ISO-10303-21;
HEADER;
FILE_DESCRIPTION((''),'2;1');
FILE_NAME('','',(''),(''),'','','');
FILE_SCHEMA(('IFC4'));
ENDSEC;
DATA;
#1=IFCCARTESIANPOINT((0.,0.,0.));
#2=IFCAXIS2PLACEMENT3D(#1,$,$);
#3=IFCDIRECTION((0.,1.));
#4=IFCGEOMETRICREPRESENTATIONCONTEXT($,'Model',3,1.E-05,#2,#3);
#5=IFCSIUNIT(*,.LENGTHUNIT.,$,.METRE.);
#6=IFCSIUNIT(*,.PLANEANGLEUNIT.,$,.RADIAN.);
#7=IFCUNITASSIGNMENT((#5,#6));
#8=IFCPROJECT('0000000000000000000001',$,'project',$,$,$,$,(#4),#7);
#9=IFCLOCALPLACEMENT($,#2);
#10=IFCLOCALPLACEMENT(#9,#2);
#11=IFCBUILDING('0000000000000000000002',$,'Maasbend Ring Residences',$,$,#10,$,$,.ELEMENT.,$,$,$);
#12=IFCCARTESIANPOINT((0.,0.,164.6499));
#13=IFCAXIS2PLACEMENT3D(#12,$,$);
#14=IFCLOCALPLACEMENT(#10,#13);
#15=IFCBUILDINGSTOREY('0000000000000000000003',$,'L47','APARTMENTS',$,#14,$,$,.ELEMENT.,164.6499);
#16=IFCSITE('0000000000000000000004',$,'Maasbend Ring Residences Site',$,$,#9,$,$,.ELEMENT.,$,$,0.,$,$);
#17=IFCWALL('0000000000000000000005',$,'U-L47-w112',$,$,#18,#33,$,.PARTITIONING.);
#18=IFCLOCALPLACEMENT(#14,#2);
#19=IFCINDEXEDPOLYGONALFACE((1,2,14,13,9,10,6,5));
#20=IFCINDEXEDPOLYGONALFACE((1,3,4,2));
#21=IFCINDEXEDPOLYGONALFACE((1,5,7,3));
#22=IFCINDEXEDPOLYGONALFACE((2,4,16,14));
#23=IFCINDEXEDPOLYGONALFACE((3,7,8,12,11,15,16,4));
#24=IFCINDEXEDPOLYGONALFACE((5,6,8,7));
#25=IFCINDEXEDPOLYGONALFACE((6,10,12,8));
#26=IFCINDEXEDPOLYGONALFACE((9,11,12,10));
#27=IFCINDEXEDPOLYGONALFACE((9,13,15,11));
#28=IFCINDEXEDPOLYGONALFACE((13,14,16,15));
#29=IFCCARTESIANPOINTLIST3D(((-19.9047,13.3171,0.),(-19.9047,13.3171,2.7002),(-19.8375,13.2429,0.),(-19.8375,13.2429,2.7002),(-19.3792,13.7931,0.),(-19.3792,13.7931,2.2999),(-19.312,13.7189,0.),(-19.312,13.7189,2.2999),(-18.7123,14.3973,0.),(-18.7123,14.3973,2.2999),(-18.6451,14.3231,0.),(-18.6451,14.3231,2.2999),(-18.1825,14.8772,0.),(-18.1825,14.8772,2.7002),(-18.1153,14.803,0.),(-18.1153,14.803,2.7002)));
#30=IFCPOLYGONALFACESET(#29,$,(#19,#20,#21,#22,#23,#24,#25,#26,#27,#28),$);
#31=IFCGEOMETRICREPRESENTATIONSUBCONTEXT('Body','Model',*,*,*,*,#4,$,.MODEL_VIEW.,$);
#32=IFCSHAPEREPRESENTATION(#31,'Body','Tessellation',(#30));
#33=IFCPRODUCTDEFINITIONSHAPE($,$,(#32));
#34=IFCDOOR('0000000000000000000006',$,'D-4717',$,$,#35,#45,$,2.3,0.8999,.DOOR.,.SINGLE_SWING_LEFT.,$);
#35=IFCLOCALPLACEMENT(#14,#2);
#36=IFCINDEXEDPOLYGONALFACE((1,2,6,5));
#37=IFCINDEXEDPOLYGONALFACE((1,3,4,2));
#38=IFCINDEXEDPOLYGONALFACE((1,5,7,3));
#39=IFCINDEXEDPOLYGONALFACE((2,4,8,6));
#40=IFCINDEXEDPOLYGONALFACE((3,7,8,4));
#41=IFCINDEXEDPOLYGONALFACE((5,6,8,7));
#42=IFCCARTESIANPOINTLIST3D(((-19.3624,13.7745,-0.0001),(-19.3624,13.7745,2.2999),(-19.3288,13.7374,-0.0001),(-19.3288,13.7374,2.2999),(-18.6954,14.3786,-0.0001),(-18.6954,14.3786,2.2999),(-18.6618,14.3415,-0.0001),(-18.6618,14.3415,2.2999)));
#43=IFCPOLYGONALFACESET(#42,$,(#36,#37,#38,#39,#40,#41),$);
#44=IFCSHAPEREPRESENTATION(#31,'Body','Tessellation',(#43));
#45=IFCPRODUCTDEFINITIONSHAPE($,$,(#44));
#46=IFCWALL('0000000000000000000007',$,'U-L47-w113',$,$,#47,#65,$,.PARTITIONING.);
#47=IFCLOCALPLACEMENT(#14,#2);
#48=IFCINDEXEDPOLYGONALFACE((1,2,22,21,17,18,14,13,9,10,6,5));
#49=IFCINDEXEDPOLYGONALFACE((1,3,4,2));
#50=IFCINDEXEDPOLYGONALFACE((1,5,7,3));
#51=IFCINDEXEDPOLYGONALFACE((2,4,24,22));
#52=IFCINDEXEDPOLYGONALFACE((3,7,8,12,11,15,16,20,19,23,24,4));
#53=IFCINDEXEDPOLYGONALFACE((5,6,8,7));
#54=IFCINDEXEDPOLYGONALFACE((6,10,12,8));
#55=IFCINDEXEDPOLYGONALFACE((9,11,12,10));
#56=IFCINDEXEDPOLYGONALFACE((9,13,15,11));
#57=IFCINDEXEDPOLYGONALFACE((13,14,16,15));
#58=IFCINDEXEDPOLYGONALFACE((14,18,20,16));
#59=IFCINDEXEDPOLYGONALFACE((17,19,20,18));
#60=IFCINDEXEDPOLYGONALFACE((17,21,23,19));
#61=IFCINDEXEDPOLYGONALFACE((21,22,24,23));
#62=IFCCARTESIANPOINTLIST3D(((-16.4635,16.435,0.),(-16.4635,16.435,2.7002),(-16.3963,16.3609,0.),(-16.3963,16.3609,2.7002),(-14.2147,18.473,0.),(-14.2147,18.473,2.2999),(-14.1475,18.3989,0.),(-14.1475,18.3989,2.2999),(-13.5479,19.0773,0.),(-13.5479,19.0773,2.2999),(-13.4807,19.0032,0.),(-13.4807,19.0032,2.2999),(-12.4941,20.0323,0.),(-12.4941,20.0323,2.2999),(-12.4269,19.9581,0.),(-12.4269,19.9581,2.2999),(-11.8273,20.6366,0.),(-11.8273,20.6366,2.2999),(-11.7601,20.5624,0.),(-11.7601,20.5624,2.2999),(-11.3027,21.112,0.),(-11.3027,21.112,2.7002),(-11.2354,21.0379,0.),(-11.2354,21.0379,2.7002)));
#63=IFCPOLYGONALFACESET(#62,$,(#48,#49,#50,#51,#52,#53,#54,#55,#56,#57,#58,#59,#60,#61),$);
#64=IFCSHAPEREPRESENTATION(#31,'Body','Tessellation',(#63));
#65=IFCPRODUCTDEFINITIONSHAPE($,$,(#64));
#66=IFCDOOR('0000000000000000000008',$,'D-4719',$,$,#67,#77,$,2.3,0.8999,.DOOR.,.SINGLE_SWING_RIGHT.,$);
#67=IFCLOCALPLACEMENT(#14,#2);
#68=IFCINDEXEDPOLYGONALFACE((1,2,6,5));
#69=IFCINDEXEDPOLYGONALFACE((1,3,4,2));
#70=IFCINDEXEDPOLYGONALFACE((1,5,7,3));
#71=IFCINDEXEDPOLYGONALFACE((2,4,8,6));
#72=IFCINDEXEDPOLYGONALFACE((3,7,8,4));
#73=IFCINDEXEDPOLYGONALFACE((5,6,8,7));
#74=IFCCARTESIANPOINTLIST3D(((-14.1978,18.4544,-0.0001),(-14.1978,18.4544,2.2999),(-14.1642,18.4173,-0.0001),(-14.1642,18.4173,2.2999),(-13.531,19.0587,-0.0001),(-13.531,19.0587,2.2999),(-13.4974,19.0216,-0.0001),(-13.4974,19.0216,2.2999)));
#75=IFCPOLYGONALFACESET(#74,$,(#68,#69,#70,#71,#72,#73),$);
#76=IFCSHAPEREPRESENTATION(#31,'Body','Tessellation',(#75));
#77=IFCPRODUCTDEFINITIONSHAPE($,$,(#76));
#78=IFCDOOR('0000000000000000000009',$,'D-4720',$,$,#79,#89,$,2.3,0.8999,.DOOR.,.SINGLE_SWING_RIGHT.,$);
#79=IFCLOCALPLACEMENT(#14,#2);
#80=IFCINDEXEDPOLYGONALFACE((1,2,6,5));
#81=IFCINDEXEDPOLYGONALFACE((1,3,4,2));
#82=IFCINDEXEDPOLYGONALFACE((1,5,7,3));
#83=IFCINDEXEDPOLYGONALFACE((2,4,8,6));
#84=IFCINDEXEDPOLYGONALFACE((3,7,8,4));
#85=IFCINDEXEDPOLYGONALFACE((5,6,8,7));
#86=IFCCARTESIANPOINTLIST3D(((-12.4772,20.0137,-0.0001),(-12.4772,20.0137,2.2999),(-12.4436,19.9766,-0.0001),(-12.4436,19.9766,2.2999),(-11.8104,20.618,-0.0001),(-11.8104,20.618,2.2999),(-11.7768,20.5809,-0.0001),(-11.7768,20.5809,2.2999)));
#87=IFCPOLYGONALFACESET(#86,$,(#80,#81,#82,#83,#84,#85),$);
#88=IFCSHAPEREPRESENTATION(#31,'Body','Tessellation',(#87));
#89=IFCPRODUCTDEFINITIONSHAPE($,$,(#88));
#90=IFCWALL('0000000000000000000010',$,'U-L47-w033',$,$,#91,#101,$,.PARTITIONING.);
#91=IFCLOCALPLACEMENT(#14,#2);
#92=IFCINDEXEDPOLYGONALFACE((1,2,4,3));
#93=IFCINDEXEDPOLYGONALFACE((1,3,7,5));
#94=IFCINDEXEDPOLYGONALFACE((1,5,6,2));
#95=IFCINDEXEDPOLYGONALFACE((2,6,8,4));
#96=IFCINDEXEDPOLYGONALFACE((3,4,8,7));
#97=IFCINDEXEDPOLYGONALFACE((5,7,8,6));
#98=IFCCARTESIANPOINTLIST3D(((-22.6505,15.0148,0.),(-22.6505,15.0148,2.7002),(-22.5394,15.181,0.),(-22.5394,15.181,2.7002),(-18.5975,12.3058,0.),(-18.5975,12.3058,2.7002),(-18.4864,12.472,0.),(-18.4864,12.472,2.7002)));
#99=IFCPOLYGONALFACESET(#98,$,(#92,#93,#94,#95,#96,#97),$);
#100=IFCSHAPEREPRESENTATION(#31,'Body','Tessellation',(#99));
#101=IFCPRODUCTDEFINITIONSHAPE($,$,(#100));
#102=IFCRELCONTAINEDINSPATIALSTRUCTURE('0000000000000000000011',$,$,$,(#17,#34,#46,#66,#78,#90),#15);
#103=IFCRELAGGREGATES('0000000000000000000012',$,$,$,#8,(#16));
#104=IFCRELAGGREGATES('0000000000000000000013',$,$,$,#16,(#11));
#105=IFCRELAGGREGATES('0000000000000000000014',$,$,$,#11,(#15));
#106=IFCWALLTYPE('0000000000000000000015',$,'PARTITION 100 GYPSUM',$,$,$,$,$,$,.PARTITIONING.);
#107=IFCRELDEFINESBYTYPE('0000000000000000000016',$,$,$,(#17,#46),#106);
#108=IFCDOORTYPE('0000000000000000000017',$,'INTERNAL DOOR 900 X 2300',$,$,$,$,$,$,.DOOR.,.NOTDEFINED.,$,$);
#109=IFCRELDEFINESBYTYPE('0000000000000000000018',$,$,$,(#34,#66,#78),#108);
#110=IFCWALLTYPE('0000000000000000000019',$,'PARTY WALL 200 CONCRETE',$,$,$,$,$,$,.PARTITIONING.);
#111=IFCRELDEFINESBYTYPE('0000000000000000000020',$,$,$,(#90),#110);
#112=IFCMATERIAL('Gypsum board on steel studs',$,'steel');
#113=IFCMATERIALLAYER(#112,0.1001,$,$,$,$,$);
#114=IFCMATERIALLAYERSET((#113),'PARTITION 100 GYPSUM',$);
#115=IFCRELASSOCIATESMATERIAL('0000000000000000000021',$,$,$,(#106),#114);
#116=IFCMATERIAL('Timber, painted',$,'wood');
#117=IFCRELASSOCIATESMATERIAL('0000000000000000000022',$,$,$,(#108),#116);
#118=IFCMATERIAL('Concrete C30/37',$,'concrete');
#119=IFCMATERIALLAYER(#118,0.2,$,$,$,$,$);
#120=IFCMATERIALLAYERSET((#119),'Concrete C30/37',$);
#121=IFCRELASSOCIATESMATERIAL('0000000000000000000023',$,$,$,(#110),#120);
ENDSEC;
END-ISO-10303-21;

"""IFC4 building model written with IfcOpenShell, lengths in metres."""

from ifc_helpers import new_model, si_unit, direction, frame, frame_2d, origin, place, context, subcontext, project, spatial, rectangle, extrude, material, layer, layer_set, type_object, element, fill, save


model = new_model("IFC4")

# Units and contexts
model_context = context("Model", 3, precision=1e-05, world=origin(), true_north=direction((0.0, 1.0)))
body_context = subcontext(model_context, "Body", "Model", "MODEL_VIEW")
ifc_project = project(units=[si_unit("LENGTHUNIT", "METRE"), si_unit("PLANEANGLEUNIT", "RADIAN")], contexts=[model_context])

# Site, building, storey
site_placement = place(None, origin())
site = spatial("IfcSite", under=ifc_project, at=site_placement, Name="Maasbend Ring Residences Site", CompositionType="ELEMENT", RefElevation=0.0)
building_placement = place(site_placement, origin())
building = spatial("IfcBuilding", under=site, at=building_placement, Name="Maasbend Ring Residences", CompositionType="ELEMENT")
storey_placement = place(building_placement, frame((0.0, 0.0, 164.6499)))
storey = spatial("IfcBuildingStorey", under=building, at=storey_placement, Name="L47", Description="APARTMENTS", CompositionType="ELEMENT", Elevation=164.6499)

# Shared definitions
ifc_material_1 = material(Name="Gypsum board on steel studs", Category="steel")
ifc_layer_1 = layer(ifc_material_1, 0.1001)
ifc_layer_set_1 = layer_set([ifc_layer_1], Name="PARTITION 100 GYPSUM")
wall_type_1 = type_object("IfcWallType", Name="PARTITION 100 GYPSUM", PredefinedType="PARTITIONING", material=ifc_layer_set_1)
ifc_material_2 = material(Name="Timber, painted", Category="wood")
door_type_1 = type_object("IfcDoorType", Name="INTERNAL DOOR 900 X 2300", OperationType="NOTDEFINED", PredefinedType="DOOR", material=ifc_material_2)

# Wall, opening, door
wall_1_placement = place(storey_placement, frame((-19.8711, 13.28, 0.0), z_axis=(0.0, 0.0, 1.0), x_axis=(0.741127, 0.671364, 0.0)))
wall_1 = element("IfcWall", 1, at=wall_1_placement, inside=storey, type_object=wall_type_1, Name="U-L47-w112", PredefinedType="PARTITIONING", context=body_context, shape_type="SweptSolid", body=[
    extrude(rectangle(XDim=2.3237, YDim=0.1001, at=frame_2d((1.1619, 0.0))), origin(), (0.0, 0.0, 1.0), 2.7002),
])
opening_1_placement = place(wall_1_placement, frame((0.709, 0.0, 0.0)))
opening_1 = element("IfcOpeningElement", 2, at=opening_1_placement, cuts=wall_1, PredefinedType="OPENING", context=body_context, shape_type="SweptSolid", body=[
    extrude(rectangle(XDim=0.8999, YDim=2.3, at=frame_2d((0.45, 1.1499))), frame((0.0, 0.0601, 0.0), z_axis=(0.0, -1.0, 0.0), x_axis=(1.0, 0.0, 0.0)), (0.0, 0.0, 1.0), 0.1201),
])
door_1_placement = place(opening_1_placement, origin())
door_1 = element("IfcDoor", 3, at=door_1_placement, inside=storey, type_object=door_type_1, Name="D-4717", OperationType="SINGLE_SWING_LEFT", OverallHeight=2.3, OverallWidth=0.8999, PredefinedType="DOOR", context=body_context, shape_type="SweptSolid", body=[
    extrude(rectangle(XDim=0.8999, YDim=2.3, at=frame_2d((0.45, 1.1499))), frame((0.0, 0.0249, 0.0), z_axis=(0.0, -1.0, 0.0), x_axis=(1.0, 0.0, 0.0)), (0.0, 0.0, 1.0), 0.05),
])
fill(opening_1, door_1)

# Wall, openings, doors
wall_2_placement = place(storey_placement, frame((-16.4299, 16.3979, 0.0), z_axis=(0.0, 0.0, 1.0), x_axis=(0.740991, 0.671515, 0.0)))
wall_2 = element("IfcWall", 4, at=wall_2_placement, inside=storey, type_object=wall_type_1, Name="U-L47-w113", PredefinedType="PARTITIONING", context=body_context, shape_type="SweptSolid", body=[
    extrude(rectangle(XDim=6.9648, YDim=0.1001, at=frame_2d((3.4824, 0.0))), origin(), (0.0, 0.0, 1.0), 2.7002),
])
opening_2_placement = place(wall_2_placement, frame((3.0349, 0.0, 0.0)))
opening_2 = element("IfcOpeningElement", 5, at=opening_2_placement, cuts=wall_2, PredefinedType="OPENING", context=body_context, shape_type="SweptSolid", body=[
    extrude(rectangle(XDim=0.8999, YDim=2.3, at=frame_2d((0.45, 1.1499))), frame((0.0, 0.0601, 0.0), z_axis=(0.0, -1.0, 0.0), x_axis=(1.0, 0.0, 0.0)), (0.0, 0.0, 1.0), 0.1201),
])
opening_3_placement = place(wall_2_placement, frame((5.3569, 0.0, 0.0)))
opening_3 = element("IfcOpeningElement", 6, at=opening_3_placement, cuts=wall_2, PredefinedType="OPENING", context=body_context, shape_type="SweptSolid", body=[
    extrude(rectangle(XDim=0.8999, YDim=2.3, at=frame_2d((0.45, 1.1499))), frame((0.0, 0.0601, 0.0), z_axis=(0.0, -1.0, 0.0), x_axis=(1.0, 0.0, 0.0)), (0.0, 0.0, 1.0), 0.1201),
])
door_2_placement = place(opening_2_placement, origin())
door_2 = element("IfcDoor", 7, at=door_2_placement, inside=storey, type_object=door_type_1, Name="D-4719", OperationType="SINGLE_SWING_RIGHT", OverallHeight=2.3, OverallWidth=0.8999, PredefinedType="DOOR", context=body_context, shape_type="SweptSolid", body=[
    extrude(rectangle(XDim=0.8999, YDim=2.3, at=frame_2d((0.45, 1.1499))), frame((0.0, 0.0249, 0.0), z_axis=(0.0, -1.0, 0.0), x_axis=(1.0, 0.0, 0.0)), (0.0, 0.0, 1.0), 0.05),
])
fill(opening_2, door_2)
door_3_placement = place(opening_3_placement, origin())
door_3 = element("IfcDoor", 8, at=door_3_placement, inside=storey, type_object=door_type_1, Name="D-4720", OperationType="SINGLE_SWING_RIGHT", OverallHeight=2.3, OverallWidth=0.8999, PredefinedType="DOOR", context=body_context, shape_type="SweptSolid", body=[
    extrude(rectangle(XDim=0.8999, YDim=2.3, at=frame_2d((0.45, 1.1499))), frame((0.0, 0.0249, 0.0), z_axis=(0.0, -1.0, 0.0), x_axis=(1.0, 0.0, 0.0)), (0.0, 0.0, 1.0), 0.05),
])
fill(opening_3, door_3)

# Wall
ifc_material_3 = material(Name="Concrete C30/37", Category="concrete")
ifc_layer_2 = layer(ifc_material_3, 0.2)
ifc_layer_set_2 = layer_set([ifc_layer_2], Name="Concrete C30/37")
wall_type_2 = type_object("IfcWallType", Name="PARTY WALL 200 CONCRETE", PredefinedType="PARTITIONING", material=ifc_layer_set_2)
wall_3_placement = place(storey_placement, frame((-22.595, 15.0979, 0.0), z_axis=(0.0, 0.0, 1.0), x_axis=(0.831387, -0.555694, 0.0)))
element("IfcWall", 9, at=wall_3_placement, inside=storey, type_object=wall_type_2, Name="U-L47-w033", PredefinedType="PARTITIONING", context=body_context, shape_type="SweptSolid", body=[
    extrude(rectangle(XDim=4.875, YDim=0.2, at=frame_2d((2.4375, 0.0))), origin(), (0.0, 0.0, 1.0), 2.7002),
])

save(model, "model.ifc")
